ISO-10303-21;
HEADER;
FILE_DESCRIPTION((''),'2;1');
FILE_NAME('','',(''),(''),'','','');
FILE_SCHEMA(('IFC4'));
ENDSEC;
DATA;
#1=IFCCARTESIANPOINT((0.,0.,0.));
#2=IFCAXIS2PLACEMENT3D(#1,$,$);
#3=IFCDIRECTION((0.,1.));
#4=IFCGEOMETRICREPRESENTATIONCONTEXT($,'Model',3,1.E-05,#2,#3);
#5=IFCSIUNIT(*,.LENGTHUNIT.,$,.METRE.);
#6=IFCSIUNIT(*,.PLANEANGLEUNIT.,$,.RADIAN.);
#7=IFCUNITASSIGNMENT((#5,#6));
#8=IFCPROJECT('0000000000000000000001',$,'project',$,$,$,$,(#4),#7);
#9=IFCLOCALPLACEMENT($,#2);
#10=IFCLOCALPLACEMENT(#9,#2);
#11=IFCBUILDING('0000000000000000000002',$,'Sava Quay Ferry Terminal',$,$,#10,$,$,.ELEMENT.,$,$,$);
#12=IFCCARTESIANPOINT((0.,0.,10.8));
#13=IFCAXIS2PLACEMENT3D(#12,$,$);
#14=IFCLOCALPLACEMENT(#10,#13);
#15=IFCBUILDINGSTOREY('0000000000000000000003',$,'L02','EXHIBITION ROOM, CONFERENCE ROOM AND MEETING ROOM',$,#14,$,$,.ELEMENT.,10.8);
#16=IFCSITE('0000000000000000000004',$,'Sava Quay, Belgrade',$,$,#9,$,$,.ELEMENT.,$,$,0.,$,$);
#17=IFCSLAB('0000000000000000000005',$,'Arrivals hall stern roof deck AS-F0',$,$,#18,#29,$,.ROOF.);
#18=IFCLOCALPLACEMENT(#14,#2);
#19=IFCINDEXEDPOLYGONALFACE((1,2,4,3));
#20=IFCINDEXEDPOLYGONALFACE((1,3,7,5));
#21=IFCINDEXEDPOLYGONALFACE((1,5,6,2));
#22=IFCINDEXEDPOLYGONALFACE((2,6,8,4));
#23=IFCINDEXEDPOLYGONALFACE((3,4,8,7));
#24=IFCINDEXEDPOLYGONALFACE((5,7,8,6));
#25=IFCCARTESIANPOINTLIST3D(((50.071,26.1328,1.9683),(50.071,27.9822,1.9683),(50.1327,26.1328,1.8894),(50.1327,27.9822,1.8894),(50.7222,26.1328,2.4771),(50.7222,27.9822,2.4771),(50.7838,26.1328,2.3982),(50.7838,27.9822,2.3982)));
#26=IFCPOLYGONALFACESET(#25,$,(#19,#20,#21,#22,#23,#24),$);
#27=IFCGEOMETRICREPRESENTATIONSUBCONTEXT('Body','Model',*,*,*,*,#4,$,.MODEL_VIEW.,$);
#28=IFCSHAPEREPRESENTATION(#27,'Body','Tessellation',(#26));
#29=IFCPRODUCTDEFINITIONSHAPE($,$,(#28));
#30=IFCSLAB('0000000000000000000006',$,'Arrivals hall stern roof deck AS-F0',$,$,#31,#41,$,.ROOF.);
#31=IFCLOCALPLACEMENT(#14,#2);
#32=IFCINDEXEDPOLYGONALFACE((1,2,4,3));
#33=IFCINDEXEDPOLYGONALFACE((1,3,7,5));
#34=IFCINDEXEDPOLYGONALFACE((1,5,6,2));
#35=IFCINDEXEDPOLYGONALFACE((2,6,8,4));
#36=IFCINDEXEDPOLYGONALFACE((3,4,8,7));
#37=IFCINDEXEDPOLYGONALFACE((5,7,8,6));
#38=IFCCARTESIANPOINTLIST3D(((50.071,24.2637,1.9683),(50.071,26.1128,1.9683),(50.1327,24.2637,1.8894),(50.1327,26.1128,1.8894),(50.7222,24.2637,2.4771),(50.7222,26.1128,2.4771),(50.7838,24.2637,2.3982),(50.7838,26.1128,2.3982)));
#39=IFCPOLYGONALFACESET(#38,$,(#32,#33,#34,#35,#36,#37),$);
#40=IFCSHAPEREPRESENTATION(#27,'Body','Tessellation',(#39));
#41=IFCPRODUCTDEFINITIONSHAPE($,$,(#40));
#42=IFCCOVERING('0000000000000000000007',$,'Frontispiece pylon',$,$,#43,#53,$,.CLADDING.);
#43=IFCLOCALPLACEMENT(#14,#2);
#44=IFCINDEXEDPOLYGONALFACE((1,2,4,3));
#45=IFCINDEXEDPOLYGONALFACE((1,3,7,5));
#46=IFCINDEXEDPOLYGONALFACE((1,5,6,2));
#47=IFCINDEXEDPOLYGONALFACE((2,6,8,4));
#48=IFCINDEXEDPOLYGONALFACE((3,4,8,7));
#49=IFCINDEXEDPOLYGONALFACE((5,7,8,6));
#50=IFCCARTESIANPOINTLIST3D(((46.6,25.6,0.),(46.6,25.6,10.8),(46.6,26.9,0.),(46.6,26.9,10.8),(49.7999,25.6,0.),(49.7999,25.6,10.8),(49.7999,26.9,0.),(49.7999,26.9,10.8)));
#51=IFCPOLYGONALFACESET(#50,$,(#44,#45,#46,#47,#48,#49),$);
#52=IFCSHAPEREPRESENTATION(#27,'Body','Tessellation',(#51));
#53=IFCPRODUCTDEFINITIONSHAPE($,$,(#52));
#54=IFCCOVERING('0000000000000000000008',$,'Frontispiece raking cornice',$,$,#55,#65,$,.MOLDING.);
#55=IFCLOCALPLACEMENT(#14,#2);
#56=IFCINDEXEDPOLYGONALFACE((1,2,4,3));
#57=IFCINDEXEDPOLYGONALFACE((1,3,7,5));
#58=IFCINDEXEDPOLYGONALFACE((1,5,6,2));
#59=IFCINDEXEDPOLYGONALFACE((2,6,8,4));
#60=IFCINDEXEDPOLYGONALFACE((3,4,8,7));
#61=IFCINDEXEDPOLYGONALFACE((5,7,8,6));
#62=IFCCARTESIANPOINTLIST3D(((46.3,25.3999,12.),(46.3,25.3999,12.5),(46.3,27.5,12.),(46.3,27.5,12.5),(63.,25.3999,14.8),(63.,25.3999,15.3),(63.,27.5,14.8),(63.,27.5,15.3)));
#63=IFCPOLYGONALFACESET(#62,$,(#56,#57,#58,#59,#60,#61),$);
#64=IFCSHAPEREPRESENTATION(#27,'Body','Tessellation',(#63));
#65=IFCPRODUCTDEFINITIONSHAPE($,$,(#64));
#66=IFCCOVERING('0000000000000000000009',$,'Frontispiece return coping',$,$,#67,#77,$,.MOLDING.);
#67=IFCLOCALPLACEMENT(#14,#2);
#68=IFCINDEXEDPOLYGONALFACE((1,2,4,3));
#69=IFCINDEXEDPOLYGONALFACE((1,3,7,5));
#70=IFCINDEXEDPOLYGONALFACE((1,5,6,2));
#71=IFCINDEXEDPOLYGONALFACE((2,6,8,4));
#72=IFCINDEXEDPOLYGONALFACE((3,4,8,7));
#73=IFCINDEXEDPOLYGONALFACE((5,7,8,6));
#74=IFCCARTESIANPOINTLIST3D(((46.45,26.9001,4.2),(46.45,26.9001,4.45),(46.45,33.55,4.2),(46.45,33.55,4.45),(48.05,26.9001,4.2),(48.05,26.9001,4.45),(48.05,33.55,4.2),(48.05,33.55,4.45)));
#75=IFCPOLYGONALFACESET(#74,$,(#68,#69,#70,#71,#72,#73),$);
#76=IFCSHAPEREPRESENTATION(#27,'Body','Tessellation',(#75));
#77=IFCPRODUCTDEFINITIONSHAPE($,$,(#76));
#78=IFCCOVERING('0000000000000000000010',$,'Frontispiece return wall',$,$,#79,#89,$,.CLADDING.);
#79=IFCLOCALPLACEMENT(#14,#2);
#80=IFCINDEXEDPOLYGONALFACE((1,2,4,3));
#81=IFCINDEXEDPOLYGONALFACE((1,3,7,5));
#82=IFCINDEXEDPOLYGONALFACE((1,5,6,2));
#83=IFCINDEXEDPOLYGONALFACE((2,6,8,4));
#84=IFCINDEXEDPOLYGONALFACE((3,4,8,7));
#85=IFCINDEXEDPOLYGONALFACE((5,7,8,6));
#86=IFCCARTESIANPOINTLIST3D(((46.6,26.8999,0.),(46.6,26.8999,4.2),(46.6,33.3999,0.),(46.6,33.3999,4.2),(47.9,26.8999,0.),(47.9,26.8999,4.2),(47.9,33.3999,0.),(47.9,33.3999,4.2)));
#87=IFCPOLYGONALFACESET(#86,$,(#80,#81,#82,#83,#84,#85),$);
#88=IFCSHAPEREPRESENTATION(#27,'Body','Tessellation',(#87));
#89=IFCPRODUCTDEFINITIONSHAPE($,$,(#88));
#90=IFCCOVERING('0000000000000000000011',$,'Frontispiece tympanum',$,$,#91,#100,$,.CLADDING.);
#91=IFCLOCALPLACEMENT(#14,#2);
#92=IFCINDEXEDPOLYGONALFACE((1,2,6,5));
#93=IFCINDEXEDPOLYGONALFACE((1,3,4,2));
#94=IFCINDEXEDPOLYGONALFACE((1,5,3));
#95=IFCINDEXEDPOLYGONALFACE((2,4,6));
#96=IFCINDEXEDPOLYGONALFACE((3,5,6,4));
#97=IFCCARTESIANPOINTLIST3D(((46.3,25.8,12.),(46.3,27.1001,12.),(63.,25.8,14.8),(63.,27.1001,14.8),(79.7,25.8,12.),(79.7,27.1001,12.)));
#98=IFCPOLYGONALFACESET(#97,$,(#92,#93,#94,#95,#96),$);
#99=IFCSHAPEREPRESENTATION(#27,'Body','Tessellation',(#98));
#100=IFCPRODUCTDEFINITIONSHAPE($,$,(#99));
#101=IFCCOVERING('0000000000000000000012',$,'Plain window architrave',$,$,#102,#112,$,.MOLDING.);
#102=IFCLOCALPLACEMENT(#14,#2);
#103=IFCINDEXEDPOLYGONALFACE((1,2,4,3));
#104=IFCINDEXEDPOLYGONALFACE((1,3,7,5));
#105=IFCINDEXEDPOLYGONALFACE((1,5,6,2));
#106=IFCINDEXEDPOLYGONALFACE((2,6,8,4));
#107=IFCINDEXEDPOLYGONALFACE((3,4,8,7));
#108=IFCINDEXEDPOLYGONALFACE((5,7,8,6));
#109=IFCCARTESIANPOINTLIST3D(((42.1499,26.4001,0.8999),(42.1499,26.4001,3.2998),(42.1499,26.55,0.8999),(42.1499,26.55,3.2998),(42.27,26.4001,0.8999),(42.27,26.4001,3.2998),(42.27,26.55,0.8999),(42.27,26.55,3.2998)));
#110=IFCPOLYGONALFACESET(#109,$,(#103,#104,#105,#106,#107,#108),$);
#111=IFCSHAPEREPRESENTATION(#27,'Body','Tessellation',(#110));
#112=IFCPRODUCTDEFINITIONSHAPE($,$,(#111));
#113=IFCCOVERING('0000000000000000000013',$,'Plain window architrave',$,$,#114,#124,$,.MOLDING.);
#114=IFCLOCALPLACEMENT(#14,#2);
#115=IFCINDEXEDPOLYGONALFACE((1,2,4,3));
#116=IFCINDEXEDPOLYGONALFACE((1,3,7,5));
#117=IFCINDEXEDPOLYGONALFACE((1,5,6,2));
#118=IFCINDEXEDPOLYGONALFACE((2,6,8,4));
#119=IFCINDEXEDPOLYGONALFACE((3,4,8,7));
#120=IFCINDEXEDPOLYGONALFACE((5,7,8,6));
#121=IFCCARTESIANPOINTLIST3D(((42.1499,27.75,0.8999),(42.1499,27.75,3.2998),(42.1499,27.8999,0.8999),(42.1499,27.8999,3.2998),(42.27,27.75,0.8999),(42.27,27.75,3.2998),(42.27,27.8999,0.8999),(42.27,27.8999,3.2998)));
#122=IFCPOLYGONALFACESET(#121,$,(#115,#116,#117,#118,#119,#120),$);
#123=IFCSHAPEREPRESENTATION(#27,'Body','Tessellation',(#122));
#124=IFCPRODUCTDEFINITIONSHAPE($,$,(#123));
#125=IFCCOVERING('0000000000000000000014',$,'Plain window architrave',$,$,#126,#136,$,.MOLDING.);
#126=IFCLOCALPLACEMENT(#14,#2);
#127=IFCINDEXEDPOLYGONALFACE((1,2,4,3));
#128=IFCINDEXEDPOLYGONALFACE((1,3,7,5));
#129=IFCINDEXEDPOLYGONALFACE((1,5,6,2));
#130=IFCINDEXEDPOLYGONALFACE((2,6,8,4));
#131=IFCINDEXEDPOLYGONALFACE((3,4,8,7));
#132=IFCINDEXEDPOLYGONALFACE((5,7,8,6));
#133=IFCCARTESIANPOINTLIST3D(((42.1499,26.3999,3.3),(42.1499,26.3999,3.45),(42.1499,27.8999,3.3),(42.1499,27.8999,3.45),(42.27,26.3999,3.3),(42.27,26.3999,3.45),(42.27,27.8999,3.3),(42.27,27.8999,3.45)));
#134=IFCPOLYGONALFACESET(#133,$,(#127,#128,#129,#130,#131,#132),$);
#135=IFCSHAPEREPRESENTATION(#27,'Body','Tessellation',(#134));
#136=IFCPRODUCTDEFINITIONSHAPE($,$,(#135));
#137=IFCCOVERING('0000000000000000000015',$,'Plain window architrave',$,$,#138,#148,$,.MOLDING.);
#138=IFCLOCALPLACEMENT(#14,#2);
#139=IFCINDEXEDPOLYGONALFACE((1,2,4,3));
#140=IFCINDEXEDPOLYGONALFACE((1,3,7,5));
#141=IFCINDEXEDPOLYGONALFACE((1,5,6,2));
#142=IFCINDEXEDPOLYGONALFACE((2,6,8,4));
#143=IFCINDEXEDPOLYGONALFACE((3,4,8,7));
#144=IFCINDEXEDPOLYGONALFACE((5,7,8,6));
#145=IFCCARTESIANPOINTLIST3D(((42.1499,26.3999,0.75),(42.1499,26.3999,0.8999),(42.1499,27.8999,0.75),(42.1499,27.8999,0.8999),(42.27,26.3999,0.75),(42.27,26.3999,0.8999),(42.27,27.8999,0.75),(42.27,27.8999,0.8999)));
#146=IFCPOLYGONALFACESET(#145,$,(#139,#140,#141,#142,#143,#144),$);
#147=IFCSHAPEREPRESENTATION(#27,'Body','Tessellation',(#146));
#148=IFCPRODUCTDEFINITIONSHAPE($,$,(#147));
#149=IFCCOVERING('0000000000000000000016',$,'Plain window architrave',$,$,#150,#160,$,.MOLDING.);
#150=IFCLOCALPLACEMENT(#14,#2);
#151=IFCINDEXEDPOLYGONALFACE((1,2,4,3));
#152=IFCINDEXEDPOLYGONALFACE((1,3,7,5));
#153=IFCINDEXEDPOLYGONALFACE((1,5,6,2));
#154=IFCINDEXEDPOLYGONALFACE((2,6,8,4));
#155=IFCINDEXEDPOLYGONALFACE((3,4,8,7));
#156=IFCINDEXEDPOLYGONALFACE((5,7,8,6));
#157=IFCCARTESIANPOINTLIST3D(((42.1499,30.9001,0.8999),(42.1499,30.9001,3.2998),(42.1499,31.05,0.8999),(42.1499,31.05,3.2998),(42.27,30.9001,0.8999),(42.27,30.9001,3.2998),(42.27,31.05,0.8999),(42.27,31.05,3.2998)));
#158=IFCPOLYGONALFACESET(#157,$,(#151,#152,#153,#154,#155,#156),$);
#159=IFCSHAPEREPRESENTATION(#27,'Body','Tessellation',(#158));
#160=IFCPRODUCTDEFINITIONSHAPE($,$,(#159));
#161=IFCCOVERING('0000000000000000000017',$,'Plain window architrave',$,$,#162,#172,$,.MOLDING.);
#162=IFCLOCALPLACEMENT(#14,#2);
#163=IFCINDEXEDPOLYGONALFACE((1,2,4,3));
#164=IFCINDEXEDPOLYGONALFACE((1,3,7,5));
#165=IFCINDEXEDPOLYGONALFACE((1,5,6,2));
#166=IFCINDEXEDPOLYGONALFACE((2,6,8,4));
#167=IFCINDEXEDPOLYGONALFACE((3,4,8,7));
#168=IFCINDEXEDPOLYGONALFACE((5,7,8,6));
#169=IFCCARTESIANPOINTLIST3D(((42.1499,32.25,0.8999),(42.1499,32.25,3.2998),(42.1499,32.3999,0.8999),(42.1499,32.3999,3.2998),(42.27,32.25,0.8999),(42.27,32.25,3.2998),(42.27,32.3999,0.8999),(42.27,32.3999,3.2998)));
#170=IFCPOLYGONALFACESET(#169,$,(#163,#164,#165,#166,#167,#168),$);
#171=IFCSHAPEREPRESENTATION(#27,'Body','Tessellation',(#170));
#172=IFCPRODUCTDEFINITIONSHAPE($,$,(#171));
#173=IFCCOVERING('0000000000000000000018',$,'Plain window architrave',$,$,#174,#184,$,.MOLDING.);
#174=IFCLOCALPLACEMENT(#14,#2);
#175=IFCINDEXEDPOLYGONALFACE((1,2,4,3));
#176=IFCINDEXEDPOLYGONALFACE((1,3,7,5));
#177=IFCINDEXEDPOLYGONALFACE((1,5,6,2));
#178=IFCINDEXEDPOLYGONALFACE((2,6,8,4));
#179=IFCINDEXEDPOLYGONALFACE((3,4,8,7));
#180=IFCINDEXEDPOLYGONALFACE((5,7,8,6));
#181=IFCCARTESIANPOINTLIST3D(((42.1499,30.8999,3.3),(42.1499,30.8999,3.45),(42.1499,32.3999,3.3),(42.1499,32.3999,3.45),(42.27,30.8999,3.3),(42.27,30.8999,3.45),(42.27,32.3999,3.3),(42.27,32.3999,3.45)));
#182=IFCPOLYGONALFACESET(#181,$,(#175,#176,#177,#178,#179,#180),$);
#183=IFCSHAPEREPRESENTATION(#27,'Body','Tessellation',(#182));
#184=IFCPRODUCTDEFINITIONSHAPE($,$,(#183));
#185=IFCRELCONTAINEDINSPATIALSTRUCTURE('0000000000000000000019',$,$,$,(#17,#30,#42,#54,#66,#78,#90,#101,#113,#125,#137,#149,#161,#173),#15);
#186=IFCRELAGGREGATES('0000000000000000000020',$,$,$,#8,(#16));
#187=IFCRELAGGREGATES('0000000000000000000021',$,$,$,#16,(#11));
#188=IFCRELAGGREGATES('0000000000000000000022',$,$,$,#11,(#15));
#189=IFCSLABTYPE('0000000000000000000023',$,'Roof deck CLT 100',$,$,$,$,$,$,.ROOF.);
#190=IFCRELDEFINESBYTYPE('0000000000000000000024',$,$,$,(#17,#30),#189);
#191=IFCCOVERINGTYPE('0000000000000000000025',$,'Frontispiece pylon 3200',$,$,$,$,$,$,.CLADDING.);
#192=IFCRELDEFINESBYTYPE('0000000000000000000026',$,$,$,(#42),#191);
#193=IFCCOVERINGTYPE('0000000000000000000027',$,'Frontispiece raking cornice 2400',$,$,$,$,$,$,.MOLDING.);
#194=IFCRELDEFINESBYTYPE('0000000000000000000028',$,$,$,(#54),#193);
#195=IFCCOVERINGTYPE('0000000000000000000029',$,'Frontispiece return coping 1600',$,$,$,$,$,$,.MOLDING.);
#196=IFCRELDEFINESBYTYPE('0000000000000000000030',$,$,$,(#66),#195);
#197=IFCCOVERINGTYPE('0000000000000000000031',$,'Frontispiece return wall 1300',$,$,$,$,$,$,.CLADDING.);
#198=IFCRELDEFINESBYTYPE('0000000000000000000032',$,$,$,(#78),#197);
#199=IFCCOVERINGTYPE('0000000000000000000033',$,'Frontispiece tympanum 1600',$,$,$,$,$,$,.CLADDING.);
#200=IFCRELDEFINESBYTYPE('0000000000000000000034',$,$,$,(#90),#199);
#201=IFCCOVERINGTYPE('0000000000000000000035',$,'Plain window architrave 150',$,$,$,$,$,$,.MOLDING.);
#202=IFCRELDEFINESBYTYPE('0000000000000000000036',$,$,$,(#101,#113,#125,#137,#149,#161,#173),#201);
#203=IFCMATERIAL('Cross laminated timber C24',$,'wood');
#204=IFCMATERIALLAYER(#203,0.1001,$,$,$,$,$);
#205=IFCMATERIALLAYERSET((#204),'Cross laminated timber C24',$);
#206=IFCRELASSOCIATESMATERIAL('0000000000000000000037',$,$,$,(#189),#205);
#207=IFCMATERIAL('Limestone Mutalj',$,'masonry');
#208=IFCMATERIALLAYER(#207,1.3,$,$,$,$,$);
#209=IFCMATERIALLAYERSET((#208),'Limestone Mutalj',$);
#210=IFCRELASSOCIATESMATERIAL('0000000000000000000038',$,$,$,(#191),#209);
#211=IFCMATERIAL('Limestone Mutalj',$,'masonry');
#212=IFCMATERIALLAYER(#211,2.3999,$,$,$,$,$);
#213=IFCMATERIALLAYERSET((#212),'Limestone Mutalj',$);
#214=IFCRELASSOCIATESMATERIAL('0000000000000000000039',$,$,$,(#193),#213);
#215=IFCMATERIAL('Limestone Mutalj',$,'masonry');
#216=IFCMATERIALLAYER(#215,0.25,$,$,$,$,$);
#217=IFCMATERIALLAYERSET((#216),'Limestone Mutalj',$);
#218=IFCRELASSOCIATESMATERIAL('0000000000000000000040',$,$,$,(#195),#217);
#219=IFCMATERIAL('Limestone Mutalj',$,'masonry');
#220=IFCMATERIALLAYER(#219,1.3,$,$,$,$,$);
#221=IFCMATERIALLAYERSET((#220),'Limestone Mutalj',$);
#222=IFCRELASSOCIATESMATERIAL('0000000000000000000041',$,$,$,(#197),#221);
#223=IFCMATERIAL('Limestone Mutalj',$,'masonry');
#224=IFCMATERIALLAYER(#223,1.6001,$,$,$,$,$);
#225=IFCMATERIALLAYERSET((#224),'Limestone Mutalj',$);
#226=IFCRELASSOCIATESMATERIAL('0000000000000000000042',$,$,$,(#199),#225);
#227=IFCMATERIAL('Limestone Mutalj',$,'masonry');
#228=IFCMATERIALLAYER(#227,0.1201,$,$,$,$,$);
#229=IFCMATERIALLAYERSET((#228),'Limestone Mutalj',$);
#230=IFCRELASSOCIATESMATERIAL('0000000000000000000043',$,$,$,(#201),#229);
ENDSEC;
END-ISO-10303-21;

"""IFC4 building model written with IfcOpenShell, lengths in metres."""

from ifc_helpers import new_model, si_unit, direction, frame, origin, origin_2d, place, context, subcontext, project, spatial, polyline, rectangle, outline, extrude, material, layer, layer_set, type_object, element, save


model = new_model("IFC4")

# Units and contexts
model_context = context("Model", 3, precision=1e-05, world=origin(), true_north=direction((0.0, 1.0)))
body_context = subcontext(model_context, "Body", "Model", "MODEL_VIEW")
ifc_project = project(units=[si_unit("LENGTHUNIT", "METRE"), si_unit("PLANEANGLEUNIT", "RADIAN")], contexts=[model_context])

# Site, building, storey
site_placement = place(None, origin())
site = spatial("IfcSite", under=ifc_project, at=site_placement, Name="Sava Quay, Belgrade", CompositionType="ELEMENT", RefElevation=0.0)
building_placement = place(site_placement, origin())
building = spatial("IfcBuilding", under=site, at=building_placement, Name="Sava Quay Ferry Terminal", CompositionType="ELEMENT")
storey_placement = place(building_placement, frame((0.0, 0.0, 10.8)))
storey = spatial("IfcBuildingStorey", under=building, at=storey_placement, Name="L02", Description="EXHIBITION ROOM, CONFERENCE ROOM AND MEETING ROOM", CompositionType="ELEMENT", Elevation=10.8)

# Slabs
ifc_material_1 = material(Name="Cross laminated timber C24", Category="wood")
ifc_layer_1 = layer(ifc_material_1, 0.1001)
ifc_layer_set_1 = layer_set([ifc_layer_1], Name="Cross laminated timber C24")
slab_type = type_object("IfcSlabType", Name="Roof deck CLT 100", PredefinedType="ROOF", material=ifc_layer_set_1)
slab_1_placement = place(storey_placement, frame((50.071, 27.9822, 1.9683), z_axis=(-0.615719, 0.0, 0.787966), x_axis=(0.787966, 0.0, 0.615719)))
element("IfcSlab", 1, at=slab_1_placement, inside=storey, type_object=slab_type, Name="Arrivals hall stern roof deck AS-F0", PredefinedType="ROOF", context=body_context, shape_type="SweptSolid", body=[
    extrude(outline(polyline([(0.0, 0.0), (0.8263, 0.0), (0.8263, -1.8494), (0.0, -1.8494), (0.0, 0.0)])), origin(), (0.0, 0.0, -1.0), 0.1001),
])
slab_2_placement = place(storey_placement, frame((50.071, 26.1128, 1.9683), z_axis=(-0.615719, 0.0, 0.787966), x_axis=(0.787966, 0.0, 0.615719)))
element("IfcSlab", 2, at=slab_2_placement, inside=storey, type_object=slab_type, Name="Arrivals hall stern roof deck AS-F0", PredefinedType="ROOF", context=body_context, shape_type="SweptSolid", body=[
    extrude(outline(polyline([(0.0, 0.0), (0.8263, 0.0), (0.8263, -1.8491), (0.0, -1.8491), (0.0, 0.0)])), origin(), (0.0, 0.0, -1.0), 0.1001),
])

# Coverings
ifc_material_2 = material(Name="Limestone Mutalj", Category="masonry")
ifc_layer_2 = layer(ifc_material_2, 1.3)
ifc_layer_set_2 = layer_set([ifc_layer_2], Name="Limestone Mutalj")
covering_type_1 = type_object("IfcCoveringType", Name="Frontispiece pylon 3200", PredefinedType="CLADDING", material=ifc_layer_set_2)
covering_1_placement = place(storey_placement, frame((48.2, 26.25, 0.0), z_axis=(0.0, 0.0, 1.0), x_axis=(1.0, 0.0, 0.0)))
element("IfcCovering", 3, at=covering_1_placement, inside=storey, type_object=covering_type_1, Name="Frontispiece pylon", PredefinedType="CLADDING", context=body_context, shape_type="SweptSolid", body=[
    extrude(rectangle(XDim=3.2, YDim=1.3, at=origin_2d()), origin(), (0.0, 0.0, 1.0), 10.8),
])
ifc_material_3 = material(Name="Limestone Mutalj", Category="masonry")
ifc_layer_3 = layer(ifc_material_3, 2.3999)
ifc_layer_set_3 = layer_set([ifc_layer_3], Name="Limestone Mutalj")
covering_type_2 = type_object("IfcCoveringType", Name="Frontispiece raking cornice 2400", PredefinedType="MOLDING", material=ifc_layer_set_3)
covering_2_placement = place(storey_placement, frame((46.3, 25.3999, 12.0), z_axis=(0.0, -1.0, 0.0), x_axis=(0.986233, 0.0, 0.16536)))
element("IfcCovering", 4, at=covering_2_placement, inside=storey, type_object=covering_type_2, Name="Frontispiece raking cornice", PredefinedType="MOLDING", context=body_context, shape_type="SweptSolid", body=[
    extrude(outline(polyline([(0.0, 0.0), (16.9331, 0.0), (17.0157, 0.4931), (0.0827, 0.4931), (0.0, 0.0)])), origin(), (0.0, 0.0, -1.0), 2.1001),
])
ifc_material_4 = material(Name="Limestone Mutalj", Category="masonry")
ifc_layer_4 = layer(ifc_material_4, 0.25)
ifc_layer_set_4 = layer_set([ifc_layer_4], Name="Limestone Mutalj")
covering_type_3 = type_object("IfcCoveringType", Name="Frontispiece return coping 1600", PredefinedType="MOLDING", material=ifc_layer_set_4)
covering_3_placement = place(storey_placement, frame((47.25, 30.2251, 4.2), z_axis=(0.0, 0.0, 1.0), x_axis=(1.0, 0.0, 0.0)))
element("IfcCovering", 5, at=covering_3_placement, inside=storey, type_object=covering_type_3, Name="Frontispiece return coping", PredefinedType="MOLDING", context=body_context, shape_type="SweptSolid", body=[
    extrude(rectangle(XDim=1.6001, YDim=6.6499, at=origin_2d()), origin(), (0.0, 0.0, 1.0), 0.25),
])
ifc_material_5 = material(Name="Limestone Mutalj", Category="masonry")
ifc_layer_5 = layer(ifc_material_5, 1.3)
ifc_layer_set_5 = layer_set([ifc_layer_5], Name="Limestone Mutalj")
covering_type_4 = type_object("IfcCoveringType", Name="Frontispiece return wall 1300", PredefinedType="CLADDING", material=ifc_layer_set_5)
covering_4_placement = place(storey_placement, frame((47.25, 30.1499, 0.0), z_axis=(0.0, 0.0, 1.0), x_axis=(1.0, 0.0, 0.0)))
element("IfcCovering", 6, at=covering_4_placement, inside=storey, type_object=covering_type_4, Name="Frontispiece return wall", PredefinedType="CLADDING", context=body_context, shape_type="SweptSolid", body=[
    extrude(rectangle(XDim=1.3, YDim=6.5, at=origin_2d()), origin(), (0.0, 0.0, 1.0), 4.2),
])
ifc_material_6 = material(Name="Limestone Mutalj", Category="masonry")
ifc_layer_6 = layer(ifc_material_6, 1.6001)
ifc_layer_set_6 = layer_set([ifc_layer_6], Name="Limestone Mutalj")
covering_type_5 = type_object("IfcCoveringType", Name="Frontispiece tympanum 1600", PredefinedType="CLADDING", material=ifc_layer_set_6)
covering_5_placement = place(storey_placement, frame((46.3, 25.8, 12.0), z_axis=(0.0, -1.0, 0.0), x_axis=(1.0, 0.0, 0.0)))
element("IfcCovering", 7, at=covering_5_placement, inside=storey, type_object=covering_type_5, Name="Frontispiece tympanum", PredefinedType="CLADDING", context=body_context, shape_type="SweptSolid", body=[
    extrude(outline(polyline([(0.0, 0.0), (33.3999, 0.0), (16.7, 2.8), (0.0, 0.0)])), origin(), (0.0, 0.0, -1.0), 1.3),
])
ifc_material_7 = material(Name="Limestone Mutalj", Category="masonry")
ifc_layer_7 = layer(ifc_material_7, 0.1201)
ifc_layer_set_7 = layer_set([ifc_layer_7], Name="Limestone Mutalj")
covering_type_6 = type_object("IfcCoveringType", Name="Plain window architrave 150", PredefinedType="MOLDING", material=ifc_layer_set_7)
for number, where, z_axis, x_axis, name in (
    (8, (42.21, 26.4751, 0.8999), (0.0, 0.0, 1.0), (1.0, 0.0, 0.0), "Plain window architrave"),
    (9, (42.21, 27.825, 0.8999), (0.0, 0.0, 1.0), (1.0, 0.0, 0.0), "Plain window architrave"),
):
    element("IfcCovering", number, at=place(storey_placement, frame(where, z_axis=z_axis, x_axis=x_axis)), inside=storey, type_object=covering_type_6, Name=name, PredefinedType="MOLDING", context=body_context, shape_type="SweptSolid", body=[
        extrude(rectangle(XDim=0.1201, YDim=0.1499, at=origin_2d()), origin(), (0.0, 0.0, 1.0), 2.3999),
    ])
for number, where, z_axis, x_axis, name in (
    (10, (42.21, 27.1499, 3.3), (0.0, 0.0, 1.0), (1.0, 0.0, 0.0), "Plain window architrave"),
    (11, (42.21, 27.1499, 0.75), (0.0, 0.0, 1.0), (1.0, 0.0, 0.0), "Plain window architrave"),
):
    element("IfcCovering", number, at=place(storey_placement, frame(where, z_axis=z_axis, x_axis=x_axis)), inside=storey, type_object=covering_type_6, Name=name, PredefinedType="MOLDING", context=body_context, shape_type="SweptSolid", body=[
        extrude(rectangle(XDim=0.1201, YDim=1.5, at=origin_2d()), origin(), (0.0, 0.0, 1.0), 0.1499),
    ])
for number, where, z_axis, x_axis, name in (
    (12, (42.21, 30.9751, 0.8999), (0.0, 0.0, 1.0), (1.0, 0.0, 0.0), "Plain window architrave"),
    (13, (42.21, 32.325, 0.8999), (0.0, 0.0, 1.0), (1.0, 0.0, 0.0), "Plain window architrave"),
):
    element("IfcCovering", number, at=place(storey_placement, frame(where, z_axis=z_axis, x_axis=x_axis)), inside=storey, type_object=covering_type_6, Name=name, PredefinedType="MOLDING", context=body_context, shape_type="SweptSolid", body=[
        extrude(rectangle(XDim=0.1201, YDim=0.1499, at=origin_2d()), origin(), (0.0, 0.0, 1.0), 2.3999),
    ])
for number, where, z_axis, x_axis, name in (
    (14, (42.21, 31.6499, 3.3), (0.0, 0.0, 1.0), (1.0, 0.0, 0.0), "Plain window architrave"),
):
    element("IfcCovering", number, at=place(storey_placement, frame(where, z_axis=z_axis, x_axis=x_axis)), inside=storey, type_object=covering_type_6, Name=name, PredefinedType="MOLDING", context=body_context, shape_type="SweptSolid", body=[
        extrude(rectangle(XDim=0.1201, YDim=1.5, at=origin_2d()), origin(), (0.0, 0.0, 1.0), 0.1499),
    ])

save(model, "model.ifc")
